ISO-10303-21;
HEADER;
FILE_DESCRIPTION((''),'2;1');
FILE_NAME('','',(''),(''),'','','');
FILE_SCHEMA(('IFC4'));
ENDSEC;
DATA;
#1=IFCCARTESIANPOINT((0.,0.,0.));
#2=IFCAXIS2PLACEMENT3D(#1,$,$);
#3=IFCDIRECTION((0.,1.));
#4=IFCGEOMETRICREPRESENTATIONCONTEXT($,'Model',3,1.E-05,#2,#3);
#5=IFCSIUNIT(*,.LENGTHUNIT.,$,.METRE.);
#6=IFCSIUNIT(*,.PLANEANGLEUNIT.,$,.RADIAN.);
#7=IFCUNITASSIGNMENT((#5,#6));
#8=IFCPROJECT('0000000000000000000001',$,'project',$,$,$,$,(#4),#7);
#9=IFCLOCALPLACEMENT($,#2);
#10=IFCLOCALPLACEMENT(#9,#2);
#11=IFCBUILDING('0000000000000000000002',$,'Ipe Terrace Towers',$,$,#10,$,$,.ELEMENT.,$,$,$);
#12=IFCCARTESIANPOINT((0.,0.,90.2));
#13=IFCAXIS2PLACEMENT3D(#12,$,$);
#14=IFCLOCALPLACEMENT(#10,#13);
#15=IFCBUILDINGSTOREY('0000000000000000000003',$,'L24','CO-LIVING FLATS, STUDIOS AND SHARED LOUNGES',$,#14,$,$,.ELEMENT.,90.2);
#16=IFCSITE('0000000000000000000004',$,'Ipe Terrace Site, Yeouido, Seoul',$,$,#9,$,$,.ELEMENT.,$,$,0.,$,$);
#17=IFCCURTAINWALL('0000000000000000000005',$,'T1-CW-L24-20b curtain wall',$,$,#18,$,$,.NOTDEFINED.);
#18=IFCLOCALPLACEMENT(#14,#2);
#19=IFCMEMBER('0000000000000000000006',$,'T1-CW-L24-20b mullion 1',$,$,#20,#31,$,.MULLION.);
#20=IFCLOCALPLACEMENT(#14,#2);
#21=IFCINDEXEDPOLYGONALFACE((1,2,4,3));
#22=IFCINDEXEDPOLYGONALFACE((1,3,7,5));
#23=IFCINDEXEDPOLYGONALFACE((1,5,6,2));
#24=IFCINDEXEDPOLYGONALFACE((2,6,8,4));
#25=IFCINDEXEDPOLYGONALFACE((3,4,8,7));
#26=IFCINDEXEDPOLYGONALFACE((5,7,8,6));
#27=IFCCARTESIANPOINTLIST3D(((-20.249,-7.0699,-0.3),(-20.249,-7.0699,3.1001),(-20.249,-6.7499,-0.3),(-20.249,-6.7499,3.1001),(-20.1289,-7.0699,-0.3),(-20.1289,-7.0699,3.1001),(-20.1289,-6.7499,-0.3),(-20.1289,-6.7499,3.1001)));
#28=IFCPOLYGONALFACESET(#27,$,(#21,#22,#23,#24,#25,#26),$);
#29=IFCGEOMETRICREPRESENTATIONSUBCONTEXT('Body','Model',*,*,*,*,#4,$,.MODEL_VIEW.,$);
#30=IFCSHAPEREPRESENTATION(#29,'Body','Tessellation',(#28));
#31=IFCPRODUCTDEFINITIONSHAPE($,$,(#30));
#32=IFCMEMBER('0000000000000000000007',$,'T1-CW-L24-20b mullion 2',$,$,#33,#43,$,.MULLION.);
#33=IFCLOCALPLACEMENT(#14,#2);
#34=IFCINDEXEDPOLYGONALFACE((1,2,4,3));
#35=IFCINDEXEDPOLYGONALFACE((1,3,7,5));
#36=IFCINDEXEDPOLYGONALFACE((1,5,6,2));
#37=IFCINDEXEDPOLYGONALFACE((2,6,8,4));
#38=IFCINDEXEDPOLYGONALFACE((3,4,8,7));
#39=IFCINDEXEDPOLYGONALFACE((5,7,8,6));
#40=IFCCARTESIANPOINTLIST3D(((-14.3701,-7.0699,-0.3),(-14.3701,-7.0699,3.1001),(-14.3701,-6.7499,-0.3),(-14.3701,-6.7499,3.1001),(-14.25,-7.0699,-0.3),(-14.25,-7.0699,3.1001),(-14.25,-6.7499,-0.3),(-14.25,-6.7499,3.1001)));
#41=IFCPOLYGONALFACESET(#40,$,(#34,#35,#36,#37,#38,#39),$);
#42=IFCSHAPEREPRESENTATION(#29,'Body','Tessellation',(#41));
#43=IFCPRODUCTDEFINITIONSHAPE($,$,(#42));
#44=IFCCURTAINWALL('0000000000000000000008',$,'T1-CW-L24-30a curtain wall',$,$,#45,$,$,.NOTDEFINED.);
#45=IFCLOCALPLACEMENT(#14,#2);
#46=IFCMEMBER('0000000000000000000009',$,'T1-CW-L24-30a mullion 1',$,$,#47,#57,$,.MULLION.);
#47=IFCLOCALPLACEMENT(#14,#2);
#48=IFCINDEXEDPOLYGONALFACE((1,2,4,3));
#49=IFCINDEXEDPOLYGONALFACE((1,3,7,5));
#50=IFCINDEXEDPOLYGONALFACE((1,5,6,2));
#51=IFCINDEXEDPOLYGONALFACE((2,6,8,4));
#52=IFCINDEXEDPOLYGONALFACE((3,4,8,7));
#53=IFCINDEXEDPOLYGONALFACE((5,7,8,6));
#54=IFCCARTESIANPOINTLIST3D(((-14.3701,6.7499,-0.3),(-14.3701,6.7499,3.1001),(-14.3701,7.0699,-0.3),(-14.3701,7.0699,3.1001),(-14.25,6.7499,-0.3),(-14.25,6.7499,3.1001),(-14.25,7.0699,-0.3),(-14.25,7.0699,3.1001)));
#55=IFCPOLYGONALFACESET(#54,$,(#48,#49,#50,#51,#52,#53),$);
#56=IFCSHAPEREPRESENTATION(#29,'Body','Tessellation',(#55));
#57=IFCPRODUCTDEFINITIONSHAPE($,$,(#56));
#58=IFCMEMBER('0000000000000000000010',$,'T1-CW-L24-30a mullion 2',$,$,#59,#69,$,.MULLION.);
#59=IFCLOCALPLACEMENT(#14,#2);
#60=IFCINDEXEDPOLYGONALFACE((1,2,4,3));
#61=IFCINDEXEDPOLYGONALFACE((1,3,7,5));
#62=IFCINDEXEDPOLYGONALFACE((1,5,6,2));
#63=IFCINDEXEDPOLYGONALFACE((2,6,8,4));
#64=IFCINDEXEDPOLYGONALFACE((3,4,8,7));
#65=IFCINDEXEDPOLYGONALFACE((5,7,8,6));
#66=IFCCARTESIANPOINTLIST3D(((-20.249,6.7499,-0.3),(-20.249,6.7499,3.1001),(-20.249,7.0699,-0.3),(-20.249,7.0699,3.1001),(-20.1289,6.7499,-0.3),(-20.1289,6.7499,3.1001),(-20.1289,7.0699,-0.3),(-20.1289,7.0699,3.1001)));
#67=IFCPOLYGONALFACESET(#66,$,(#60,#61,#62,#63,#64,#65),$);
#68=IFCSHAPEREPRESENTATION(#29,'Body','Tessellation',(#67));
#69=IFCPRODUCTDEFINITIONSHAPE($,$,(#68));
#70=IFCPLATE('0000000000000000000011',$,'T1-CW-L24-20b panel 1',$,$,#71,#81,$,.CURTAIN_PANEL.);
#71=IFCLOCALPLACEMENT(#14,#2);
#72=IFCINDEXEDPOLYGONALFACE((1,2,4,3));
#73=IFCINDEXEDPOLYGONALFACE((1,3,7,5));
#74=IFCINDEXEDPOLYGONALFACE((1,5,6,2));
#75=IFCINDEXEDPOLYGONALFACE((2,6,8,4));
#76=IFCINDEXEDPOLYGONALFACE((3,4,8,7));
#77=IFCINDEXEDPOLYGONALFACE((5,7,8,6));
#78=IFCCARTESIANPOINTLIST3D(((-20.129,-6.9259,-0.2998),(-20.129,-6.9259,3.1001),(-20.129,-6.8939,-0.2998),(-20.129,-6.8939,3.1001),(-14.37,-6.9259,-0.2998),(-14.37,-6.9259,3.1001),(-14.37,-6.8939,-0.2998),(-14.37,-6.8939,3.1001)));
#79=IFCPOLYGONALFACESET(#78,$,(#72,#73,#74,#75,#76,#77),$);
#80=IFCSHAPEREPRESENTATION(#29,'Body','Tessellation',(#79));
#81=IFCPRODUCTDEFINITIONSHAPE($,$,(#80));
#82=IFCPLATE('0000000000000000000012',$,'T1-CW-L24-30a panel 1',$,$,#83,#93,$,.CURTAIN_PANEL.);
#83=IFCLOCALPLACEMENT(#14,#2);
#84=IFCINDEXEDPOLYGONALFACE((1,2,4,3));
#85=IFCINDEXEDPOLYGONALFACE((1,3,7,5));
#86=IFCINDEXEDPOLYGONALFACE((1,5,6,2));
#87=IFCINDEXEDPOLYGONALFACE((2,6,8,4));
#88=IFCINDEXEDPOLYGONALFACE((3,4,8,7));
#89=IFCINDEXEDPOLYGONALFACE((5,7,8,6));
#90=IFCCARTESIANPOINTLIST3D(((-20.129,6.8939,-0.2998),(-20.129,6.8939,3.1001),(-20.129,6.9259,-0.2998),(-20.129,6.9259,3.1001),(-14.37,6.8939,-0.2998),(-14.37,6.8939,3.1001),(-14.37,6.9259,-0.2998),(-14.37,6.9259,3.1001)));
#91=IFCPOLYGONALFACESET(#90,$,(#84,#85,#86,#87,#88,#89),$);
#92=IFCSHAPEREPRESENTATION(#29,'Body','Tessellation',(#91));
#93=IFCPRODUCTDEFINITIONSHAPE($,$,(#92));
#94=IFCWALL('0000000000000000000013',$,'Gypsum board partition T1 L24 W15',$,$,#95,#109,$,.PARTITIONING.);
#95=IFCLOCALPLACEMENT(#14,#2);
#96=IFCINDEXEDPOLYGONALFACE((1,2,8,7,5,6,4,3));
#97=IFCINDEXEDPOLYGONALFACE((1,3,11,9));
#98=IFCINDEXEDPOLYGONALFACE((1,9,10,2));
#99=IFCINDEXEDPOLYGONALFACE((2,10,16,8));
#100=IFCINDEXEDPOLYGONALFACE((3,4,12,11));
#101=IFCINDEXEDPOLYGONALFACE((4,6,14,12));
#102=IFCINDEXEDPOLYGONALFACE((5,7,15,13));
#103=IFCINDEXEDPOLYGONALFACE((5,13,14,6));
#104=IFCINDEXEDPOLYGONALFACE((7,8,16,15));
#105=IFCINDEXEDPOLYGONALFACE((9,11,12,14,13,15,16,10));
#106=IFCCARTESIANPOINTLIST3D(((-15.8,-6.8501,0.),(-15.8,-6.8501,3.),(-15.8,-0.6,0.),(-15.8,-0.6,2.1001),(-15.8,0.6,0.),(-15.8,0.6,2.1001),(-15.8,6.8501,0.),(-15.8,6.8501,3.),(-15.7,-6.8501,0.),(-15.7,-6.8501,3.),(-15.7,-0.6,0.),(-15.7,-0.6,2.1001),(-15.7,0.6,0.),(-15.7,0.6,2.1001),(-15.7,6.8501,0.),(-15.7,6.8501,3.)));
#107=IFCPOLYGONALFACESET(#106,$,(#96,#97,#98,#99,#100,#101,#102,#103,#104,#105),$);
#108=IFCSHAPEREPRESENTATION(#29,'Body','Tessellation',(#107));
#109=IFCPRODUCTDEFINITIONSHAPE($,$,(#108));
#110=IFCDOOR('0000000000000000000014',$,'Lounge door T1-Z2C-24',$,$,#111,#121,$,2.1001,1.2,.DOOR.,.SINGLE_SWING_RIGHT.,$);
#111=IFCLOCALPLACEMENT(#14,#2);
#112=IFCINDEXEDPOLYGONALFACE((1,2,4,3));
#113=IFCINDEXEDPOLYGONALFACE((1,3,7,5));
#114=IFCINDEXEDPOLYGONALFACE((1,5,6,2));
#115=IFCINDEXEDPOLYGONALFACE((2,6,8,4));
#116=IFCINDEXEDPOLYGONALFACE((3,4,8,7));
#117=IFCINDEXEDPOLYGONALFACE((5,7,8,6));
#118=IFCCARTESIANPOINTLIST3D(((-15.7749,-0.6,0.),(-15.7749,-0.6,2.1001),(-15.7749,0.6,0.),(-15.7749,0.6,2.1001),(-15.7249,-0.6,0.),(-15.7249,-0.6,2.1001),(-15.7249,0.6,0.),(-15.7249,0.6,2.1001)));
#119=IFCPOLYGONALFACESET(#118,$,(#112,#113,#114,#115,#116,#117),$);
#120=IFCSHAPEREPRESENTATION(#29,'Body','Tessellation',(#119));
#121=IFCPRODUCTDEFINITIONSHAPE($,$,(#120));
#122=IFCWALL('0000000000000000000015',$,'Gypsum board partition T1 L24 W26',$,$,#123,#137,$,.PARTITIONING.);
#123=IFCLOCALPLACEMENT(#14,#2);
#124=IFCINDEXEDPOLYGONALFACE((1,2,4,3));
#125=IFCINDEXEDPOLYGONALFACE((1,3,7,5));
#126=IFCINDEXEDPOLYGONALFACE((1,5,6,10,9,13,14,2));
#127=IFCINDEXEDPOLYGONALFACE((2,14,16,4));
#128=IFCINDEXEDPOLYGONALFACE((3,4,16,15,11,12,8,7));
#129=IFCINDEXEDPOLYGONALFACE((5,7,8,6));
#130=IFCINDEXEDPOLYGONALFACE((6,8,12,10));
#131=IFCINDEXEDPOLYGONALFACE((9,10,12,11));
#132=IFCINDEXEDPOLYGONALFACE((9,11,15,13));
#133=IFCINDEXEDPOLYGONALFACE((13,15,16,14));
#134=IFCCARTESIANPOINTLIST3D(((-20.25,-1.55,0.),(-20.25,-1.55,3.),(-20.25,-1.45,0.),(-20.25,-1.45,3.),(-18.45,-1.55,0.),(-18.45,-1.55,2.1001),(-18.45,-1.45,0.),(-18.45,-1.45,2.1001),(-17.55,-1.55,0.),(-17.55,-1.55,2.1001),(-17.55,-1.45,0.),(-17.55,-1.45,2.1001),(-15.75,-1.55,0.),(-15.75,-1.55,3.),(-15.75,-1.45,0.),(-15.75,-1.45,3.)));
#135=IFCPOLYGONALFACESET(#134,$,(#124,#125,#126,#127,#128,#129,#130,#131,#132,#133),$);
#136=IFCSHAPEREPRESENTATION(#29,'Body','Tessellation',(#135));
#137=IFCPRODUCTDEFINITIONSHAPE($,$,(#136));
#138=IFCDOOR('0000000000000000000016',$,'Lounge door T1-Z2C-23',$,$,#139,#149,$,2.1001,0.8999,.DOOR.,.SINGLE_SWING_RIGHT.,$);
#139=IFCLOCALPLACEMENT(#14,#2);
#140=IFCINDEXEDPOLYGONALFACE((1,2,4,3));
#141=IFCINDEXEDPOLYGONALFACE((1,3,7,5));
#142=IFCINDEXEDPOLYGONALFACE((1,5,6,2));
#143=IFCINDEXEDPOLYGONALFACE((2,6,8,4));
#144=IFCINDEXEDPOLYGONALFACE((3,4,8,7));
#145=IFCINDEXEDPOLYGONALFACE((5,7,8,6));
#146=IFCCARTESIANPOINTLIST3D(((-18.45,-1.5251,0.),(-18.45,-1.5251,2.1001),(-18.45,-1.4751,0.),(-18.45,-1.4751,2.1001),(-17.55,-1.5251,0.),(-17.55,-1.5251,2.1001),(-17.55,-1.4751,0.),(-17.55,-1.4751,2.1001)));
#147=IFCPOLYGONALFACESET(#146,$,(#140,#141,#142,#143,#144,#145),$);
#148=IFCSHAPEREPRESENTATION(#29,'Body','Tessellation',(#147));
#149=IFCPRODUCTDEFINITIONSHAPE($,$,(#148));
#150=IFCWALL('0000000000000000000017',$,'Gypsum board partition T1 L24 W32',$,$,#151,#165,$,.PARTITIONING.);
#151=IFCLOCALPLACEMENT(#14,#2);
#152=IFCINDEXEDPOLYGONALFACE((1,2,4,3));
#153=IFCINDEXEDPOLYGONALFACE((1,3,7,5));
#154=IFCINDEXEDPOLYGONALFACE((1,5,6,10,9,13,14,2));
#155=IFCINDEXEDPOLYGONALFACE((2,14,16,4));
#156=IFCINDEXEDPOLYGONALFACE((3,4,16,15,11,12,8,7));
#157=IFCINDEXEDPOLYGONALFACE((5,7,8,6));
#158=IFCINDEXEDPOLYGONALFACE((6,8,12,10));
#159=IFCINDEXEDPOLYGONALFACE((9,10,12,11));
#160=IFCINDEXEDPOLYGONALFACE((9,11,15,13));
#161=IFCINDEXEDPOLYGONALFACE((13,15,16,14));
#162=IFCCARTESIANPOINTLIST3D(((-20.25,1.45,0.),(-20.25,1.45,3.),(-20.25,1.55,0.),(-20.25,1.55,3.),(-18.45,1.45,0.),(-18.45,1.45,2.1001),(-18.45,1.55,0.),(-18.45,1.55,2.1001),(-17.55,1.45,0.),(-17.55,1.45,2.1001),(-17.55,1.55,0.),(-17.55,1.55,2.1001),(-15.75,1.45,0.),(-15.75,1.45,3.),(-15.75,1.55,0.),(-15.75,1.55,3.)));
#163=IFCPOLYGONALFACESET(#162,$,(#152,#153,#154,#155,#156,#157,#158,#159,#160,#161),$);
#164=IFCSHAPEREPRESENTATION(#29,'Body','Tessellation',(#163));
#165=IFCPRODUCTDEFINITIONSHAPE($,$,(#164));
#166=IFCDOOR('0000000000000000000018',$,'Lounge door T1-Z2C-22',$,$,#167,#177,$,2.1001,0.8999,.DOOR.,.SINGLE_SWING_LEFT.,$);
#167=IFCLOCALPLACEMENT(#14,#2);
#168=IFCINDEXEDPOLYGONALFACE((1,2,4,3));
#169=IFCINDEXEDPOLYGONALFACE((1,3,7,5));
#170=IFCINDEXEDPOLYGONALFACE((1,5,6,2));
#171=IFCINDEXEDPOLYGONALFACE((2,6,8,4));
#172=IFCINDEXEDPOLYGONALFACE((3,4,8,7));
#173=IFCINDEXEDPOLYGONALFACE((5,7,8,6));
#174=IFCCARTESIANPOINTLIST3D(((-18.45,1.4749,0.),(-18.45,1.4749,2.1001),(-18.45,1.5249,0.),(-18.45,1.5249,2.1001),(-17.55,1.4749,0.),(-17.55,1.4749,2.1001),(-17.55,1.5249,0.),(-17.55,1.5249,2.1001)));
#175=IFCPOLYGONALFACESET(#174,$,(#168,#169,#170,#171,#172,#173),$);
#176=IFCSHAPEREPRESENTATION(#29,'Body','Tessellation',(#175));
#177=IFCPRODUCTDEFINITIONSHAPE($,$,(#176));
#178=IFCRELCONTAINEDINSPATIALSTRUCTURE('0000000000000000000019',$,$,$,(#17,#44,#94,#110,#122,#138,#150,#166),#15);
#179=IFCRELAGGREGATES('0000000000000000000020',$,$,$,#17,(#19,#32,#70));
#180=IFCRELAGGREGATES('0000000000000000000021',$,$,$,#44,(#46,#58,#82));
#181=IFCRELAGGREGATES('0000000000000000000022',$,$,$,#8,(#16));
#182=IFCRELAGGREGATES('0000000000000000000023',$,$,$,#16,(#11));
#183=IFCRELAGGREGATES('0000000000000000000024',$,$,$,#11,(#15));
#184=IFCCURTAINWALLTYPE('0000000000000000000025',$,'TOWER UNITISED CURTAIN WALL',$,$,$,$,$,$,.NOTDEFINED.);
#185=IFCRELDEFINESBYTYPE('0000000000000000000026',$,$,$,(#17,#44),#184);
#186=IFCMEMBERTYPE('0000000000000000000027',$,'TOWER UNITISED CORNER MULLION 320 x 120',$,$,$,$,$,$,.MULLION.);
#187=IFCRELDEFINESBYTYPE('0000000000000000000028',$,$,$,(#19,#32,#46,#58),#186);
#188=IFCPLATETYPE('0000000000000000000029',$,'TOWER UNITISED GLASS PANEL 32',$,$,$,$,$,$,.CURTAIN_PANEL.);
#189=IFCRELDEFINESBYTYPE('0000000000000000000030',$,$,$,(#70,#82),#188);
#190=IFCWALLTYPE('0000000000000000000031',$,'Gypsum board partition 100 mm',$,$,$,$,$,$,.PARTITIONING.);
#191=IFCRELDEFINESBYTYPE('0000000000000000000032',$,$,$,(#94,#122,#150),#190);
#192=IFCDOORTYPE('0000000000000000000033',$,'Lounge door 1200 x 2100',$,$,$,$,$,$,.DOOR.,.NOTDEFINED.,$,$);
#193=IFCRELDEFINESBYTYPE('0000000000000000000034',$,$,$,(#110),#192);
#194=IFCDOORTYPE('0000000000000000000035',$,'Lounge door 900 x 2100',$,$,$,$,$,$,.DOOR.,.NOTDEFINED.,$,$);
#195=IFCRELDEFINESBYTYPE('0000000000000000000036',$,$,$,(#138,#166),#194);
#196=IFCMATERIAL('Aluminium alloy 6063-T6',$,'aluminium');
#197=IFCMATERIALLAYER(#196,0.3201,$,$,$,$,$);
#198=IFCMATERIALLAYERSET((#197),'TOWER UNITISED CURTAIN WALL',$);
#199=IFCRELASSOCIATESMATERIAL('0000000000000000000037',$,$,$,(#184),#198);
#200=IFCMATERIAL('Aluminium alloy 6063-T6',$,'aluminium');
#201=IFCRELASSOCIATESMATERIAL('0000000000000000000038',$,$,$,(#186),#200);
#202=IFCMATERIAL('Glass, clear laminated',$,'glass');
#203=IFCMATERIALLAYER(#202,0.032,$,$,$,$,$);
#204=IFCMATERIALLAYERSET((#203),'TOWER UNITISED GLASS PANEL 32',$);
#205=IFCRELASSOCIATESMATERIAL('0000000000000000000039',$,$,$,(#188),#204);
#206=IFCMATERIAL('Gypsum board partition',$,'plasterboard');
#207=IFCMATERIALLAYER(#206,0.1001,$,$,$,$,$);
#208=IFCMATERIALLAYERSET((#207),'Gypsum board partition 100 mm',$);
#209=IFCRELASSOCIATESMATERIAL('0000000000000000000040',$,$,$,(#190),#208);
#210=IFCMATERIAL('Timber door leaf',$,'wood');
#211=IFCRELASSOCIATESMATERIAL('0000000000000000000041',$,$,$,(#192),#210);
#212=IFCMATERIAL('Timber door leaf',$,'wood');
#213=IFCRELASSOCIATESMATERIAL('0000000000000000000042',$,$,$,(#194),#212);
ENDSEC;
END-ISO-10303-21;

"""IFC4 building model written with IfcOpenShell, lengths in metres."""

from ifc_helpers import new_model, si_unit, direction, frame, frame_2d, origin, origin_2d, place, context, subcontext, project, spatial, rectangle, extrude, material, layer, layer_set, material_profile, profile_set, type_object, element, fill, aggregate, save


model = new_model("IFC4")

# Units and contexts
model_context = context("Model", 3, precision=1e-05, world=origin(), true_north=direction((0.0, 1.0)))
body_context = subcontext(model_context, "Body", "Model", "MODEL_VIEW")
ifc_project = project(units=[si_unit("LENGTHUNIT", "METRE"), si_unit("PLANEANGLEUNIT", "RADIAN")], contexts=[model_context])

# Site, building, storey
site_placement = place(None, origin())
site = spatial("IfcSite", under=ifc_project, at=site_placement, Name="Ipe Terrace Site, Yeouido, Seoul", CompositionType="ELEMENT", RefElevation=0.0)
building_placement = place(site_placement, origin())
building = spatial("IfcBuilding", under=site, at=building_placement, Name="Ipe Terrace Towers", CompositionType="ELEMENT")
storey_placement = place(building_placement, frame((0.0, 0.0, 90.2)))
storey = spatial("IfcBuildingStorey", under=building, at=storey_placement, Name="L24", Description="CO-LIVING FLATS, STUDIOS AND SHARED LOUNGES", CompositionType="ELEMENT", Elevation=90.2)

# Curtain walls, members
ifc_material_1 = material(Name="Aluminium alloy 6063-T6", Category="aluminium")
ifc_layer_1 = layer(ifc_material_1, 0.3201)
ifc_layer_set_1 = layer_set([ifc_layer_1], Name="TOWER UNITISED CURTAIN WALL")
curtain_wall_type = type_object("IfcCurtainWallType", Name="TOWER UNITISED CURTAIN WALL", PredefinedType="NOTDEFINED", material=ifc_layer_set_1)
curtain_wall_1_placement = place(storey_placement, origin())
curtain_wall_1 = element("IfcCurtainWall", 1, at=curtain_wall_1_placement, inside=storey, type_object=curtain_wall_type, Name="T1-CW-L24-20b curtain wall", PredefinedType="NOTDEFINED")
ifc_material_2 = material(Name="Aluminium alloy 6063-T6", Category="aluminium")
ifc_material_profile_1 = material_profile(ifc_material_2, rectangle(XDim=0.3201, YDim=0.1201, at=origin_2d()), Name="TOWER UNITISED CORNER MULLION 320 x 120")
ifc_profile_set_1 = profile_set([ifc_material_profile_1], Name="Aluminium alloy 6063-T6")
member_type = type_object("IfcMemberType", Name="TOWER UNITISED CORNER MULLION 320 x 120", PredefinedType="MULLION", material=ifc_profile_set_1)
member_1_placement = place(storey_placement, frame((-20.189, -6.9099, -0.3), z_axis=(0.0, 0.0, 1.0), x_axis=(0.0, -1.0, 0.0)))
member_1 = element("IfcMember", 2, at=member_1_placement, type_object=member_type, Name="T1-CW-L24-20b mullion 1", PredefinedType="MULLION", context=body_context, shape_type="SweptSolid", body=[
    extrude(rectangle(XDim=0.3201, YDim=0.1201, at=origin_2d()), origin(), (0.0, 0.0, 1.0), 3.4001),
])
member_2_placement = place(storey_placement, frame((-14.3101, -6.9099, -0.3), z_axis=(0.0, 0.0, 1.0), x_axis=(0.0, -1.0, 0.0)))
member_2 = element("IfcMember", 3, at=member_2_placement, type_object=member_type, Name="T1-CW-L24-20b mullion 2", PredefinedType="MULLION", context=body_context, shape_type="SweptSolid", body=[
    extrude(rectangle(XDim=0.3201, YDim=0.1201, at=origin_2d()), origin(), (0.0, 0.0, 1.0), 3.4001),
])
curtain_wall_2_placement = place(storey_placement, origin())
curtain_wall_2 = element("IfcCurtainWall", 4, at=curtain_wall_2_placement, inside=storey, type_object=curtain_wall_type, Name="T1-CW-L24-30a curtain wall", PredefinedType="NOTDEFINED")
member_3_placement = place(storey_placement, frame((-14.3101, 6.9099, -0.3), z_axis=(0.0, 0.0, 1.0), x_axis=(0.0, 1.0, 0.0)))
member_3 = element("IfcMember", 5, at=member_3_placement, type_object=member_type, Name="T1-CW-L24-30a mullion 1", PredefinedType="MULLION", context=body_context, shape_type="SweptSolid", body=[
    extrude(rectangle(XDim=0.3201, YDim=0.1201, at=origin_2d()), origin(), (0.0, 0.0, 1.0), 3.4001),
])
member_4_placement = place(storey_placement, frame((-20.189, 6.9099, -0.3), z_axis=(0.0, 0.0, 1.0), x_axis=(0.0, 1.0, 0.0)))
member_4 = element("IfcMember", 6, at=member_4_placement, type_object=member_type, Name="T1-CW-L24-30a mullion 2", PredefinedType="MULLION", context=body_context, shape_type="SweptSolid", body=[
    extrude(rectangle(XDim=0.3201, YDim=0.1201, at=origin_2d()), origin(), (0.0, 0.0, 1.0), 3.4001),
])

# Plates
ifc_material_3 = material(Name="Glass, clear laminated", Category="glass")
ifc_layer_2 = layer(ifc_material_3, 0.032)
ifc_layer_set_2 = layer_set([ifc_layer_2], Name="TOWER UNITISED GLASS PANEL 32")
plate_type = type_object("IfcPlateType", Name="TOWER UNITISED GLASS PANEL 32", PredefinedType="CURTAIN_PANEL", material=ifc_layer_set_2)
plate_1_placement = place(storey_placement, frame((-17.2495, -6.9099, -0.2998), z_axis=(0.0, 0.0, 1.0), x_axis=(1.0, 0.0, 0.0)))
plate_1 = element("IfcPlate", 7, at=plate_1_placement, type_object=plate_type, Name="T1-CW-L24-20b panel 1", PredefinedType="CURTAIN_PANEL", context=body_context, shape_type="SweptSolid", body=[
    extrude(rectangle(XDim=5.759, YDim=0.032, at=origin_2d()), origin(), (0.0, 0.0, 1.0), 3.3999),
])
aggregate(curtain_wall_1, [member_1, member_2, plate_1])
plate_2_placement = place(storey_placement, frame((-17.2495, 6.9099, -0.2998), z_axis=(0.0, 0.0, 1.0), x_axis=(-1.0, 0.0, 0.0)))
plate_2 = element("IfcPlate", 8, at=plate_2_placement, type_object=plate_type, Name="T1-CW-L24-30a panel 1", PredefinedType="CURTAIN_PANEL", context=body_context, shape_type="SweptSolid", body=[
    extrude(rectangle(XDim=5.759, YDim=0.032, at=origin_2d()), origin(), (0.0, 0.0, 1.0), 3.3999),
])
aggregate(curtain_wall_2, [member_3, member_4, plate_2])

# Walls, openings, doors
ifc_material_4 = material(Name="Gypsum board partition", Category="plasterboard")
ifc_layer_3 = layer(ifc_material_4, 0.1001)
ifc_layer_set_3 = layer_set([ifc_layer_3], Name="Gypsum board partition 100 mm")
wall_type_1 = type_object("IfcWallType", Name="Gypsum board partition 100 mm", PredefinedType="PARTITIONING", material=ifc_layer_set_3)
wall_1_placement = place(storey_placement, frame((-15.75, -6.8501, 0.0), z_axis=(0.0, 0.0, 1.0), x_axis=(0.0, 1.0, 0.0)))
wall_1 = element("IfcWall", 9, at=wall_1_placement, inside=storey, type_object=wall_type_1, Name="Gypsum board partition T1 L24 W15", PredefinedType="PARTITIONING", context=body_context, shape_type="SweptSolid", body=[
    extrude(rectangle(XDim=13.7002, YDim=0.1001, at=frame_2d((6.8501, 0.0))), origin(), (0.0, 0.0, 1.0), 3.0),
])
opening_1_placement = place(wall_1_placement, frame((6.25, 0.0, 0.0)))
opening_1 = element("IfcOpeningElement", 10, at=opening_1_placement, cuts=wall_1, PredefinedType="OPENING", context=body_context, shape_type="SweptSolid", body=[
    extrude(rectangle(XDim=1.2, YDim=2.1001, at=frame_2d((0.6001, 1.05))), frame((0.0, 0.0601, 0.0), z_axis=(0.0, -1.0, 0.0), x_axis=(1.0, 0.0, 0.0)), (0.0, 0.0, 1.0), 0.1201),
])
ifc_material_5 = material(Name="Timber door leaf", Category="wood")
door_type_1 = type_object("IfcDoorType", Name="Lounge door 1200 x 2100", OperationType="NOTDEFINED", PredefinedType="DOOR", material=ifc_material_5)
door_1_placement = place(opening_1_placement, origin())
door_1 = element("IfcDoor", 11, at=door_1_placement, inside=storey, type_object=door_type_1, Name="Lounge door T1-Z2C-24", OperationType="SINGLE_SWING_RIGHT", OverallHeight=2.1001, OverallWidth=1.2, PredefinedType="DOOR", context=body_context, shape_type="SweptSolid", body=[
    extrude(rectangle(XDim=1.2, YDim=2.1001, at=frame_2d((0.6001, 1.05))), frame((0.0, 0.0249, 0.0), z_axis=(0.0, -1.0, 0.0), x_axis=(1.0, 0.0, 0.0)), (0.0, 0.0, 1.0), 0.05),
])
fill(opening_1, door_1)
wall_2_placement = place(storey_placement, frame((-20.25, -1.5, 0.0), z_axis=(0.0, 0.0, 1.0), x_axis=(1.0, 0.0, 0.0)))
wall_2 = element("IfcWall", 12, at=wall_2_placement, inside=storey, type_object=wall_type_1, Name="Gypsum board partition T1 L24 W26", PredefinedType="PARTITIONING", context=body_context, shape_type="SweptSolid", body=[
    extrude(rectangle(XDim=4.5, YDim=0.1001, at=frame_2d((2.25, 0.0))), origin(), (0.0, 0.0, 1.0), 3.0),
])
opening_2_placement = place(wall_2_placement, frame((1.8, 0.0, 0.0)))
opening_2 = element("IfcOpeningElement", 13, at=opening_2_placement, cuts=wall_2, PredefinedType="OPENING", context=body_context, shape_type="SweptSolid", body=[
    extrude(rectangle(XDim=0.8999, YDim=2.1001, at=frame_2d((0.45, 1.05))), frame((0.0, 0.0601, 0.0), z_axis=(0.0, -1.0, 0.0), x_axis=(1.0, 0.0, 0.0)), (0.0, 0.0, 1.0), 0.1201),
])
ifc_material_6 = material(Name="Timber door leaf", Category="wood")
door_type_2 = type_object("IfcDoorType", Name="Lounge door 900 x 2100", OperationType="NOTDEFINED", PredefinedType="DOOR", material=ifc_material_6)
door_2_placement = place(opening_2_placement, origin())
door_2 = element("IfcDoor", 14, at=door_2_placement, inside=storey, type_object=door_type_2, Name="Lounge door T1-Z2C-23", OperationType="SINGLE_SWING_RIGHT", OverallHeight=2.1001, OverallWidth=0.8999, PredefinedType="DOOR", context=body_context, shape_type="SweptSolid", body=[
    extrude(rectangle(XDim=0.8999, YDim=2.1001, at=frame_2d((0.45, 1.05))), frame((0.0, 0.0249, 0.0), z_axis=(0.0, -1.0, 0.0), x_axis=(1.0, 0.0, 0.0)), (0.0, 0.0, 1.0), 0.05),
])
fill(opening_2, door_2)
wall_3_placement = place(storey_placement, frame((-20.25, 1.5, 0.0), z_axis=(0.0, 0.0, 1.0), x_axis=(1.0, 0.0, 0.0)))
wall_3 = element("IfcWall", 15, at=wall_3_placement, inside=storey, type_object=wall_type_1, Name="Gypsum board partition T1 L24 W32", PredefinedType="PARTITIONING", context=body_context, shape_type="SweptSolid", body=[
    extrude(rectangle(XDim=4.5, YDim=0.1001, at=frame_2d((2.25, 0.0))), origin(), (0.0, 0.0, 1.0), 3.0),
])
opening_3_placement = place(wall_3_placement, frame((1.8, 0.0, 0.0)))
opening_3 = element("IfcOpeningElement", 16, at=opening_3_placement, cuts=wall_3, PredefinedType="OPENING", context=body_context, shape_type="SweptSolid", body=[
    extrude(rectangle(XDim=0.8999, YDim=2.1001, at=frame_2d((0.45, 1.05))), frame((0.0, 0.0601, 0.0), z_axis=(0.0, -1.0, 0.0), x_axis=(1.0, 0.0, 0.0)), (0.0, 0.0, 1.0), 0.1201),
])
door_3_placement = place(opening_3_placement, origin())
door_3 = element("IfcDoor", 17, at=door_3_placement, inside=storey, type_object=door_type_2, Name="Lounge door T1-Z2C-22", OperationType="SINGLE_SWING_LEFT", OverallHeight=2.1001, OverallWidth=0.8999, PredefinedType="DOOR", context=body_context, shape_type="SweptSolid", body=[
    extrude(rectangle(XDim=0.8999, YDim=2.1001, at=frame_2d((0.45, 1.05))), frame((0.0, 0.0249, 0.0), z_axis=(0.0, -1.0, 0.0), x_axis=(1.0, 0.0, 0.0)), (0.0, 0.0, 1.0), 0.05),
])
fill(opening_3, door_3)

save(model, "model.ifc")
